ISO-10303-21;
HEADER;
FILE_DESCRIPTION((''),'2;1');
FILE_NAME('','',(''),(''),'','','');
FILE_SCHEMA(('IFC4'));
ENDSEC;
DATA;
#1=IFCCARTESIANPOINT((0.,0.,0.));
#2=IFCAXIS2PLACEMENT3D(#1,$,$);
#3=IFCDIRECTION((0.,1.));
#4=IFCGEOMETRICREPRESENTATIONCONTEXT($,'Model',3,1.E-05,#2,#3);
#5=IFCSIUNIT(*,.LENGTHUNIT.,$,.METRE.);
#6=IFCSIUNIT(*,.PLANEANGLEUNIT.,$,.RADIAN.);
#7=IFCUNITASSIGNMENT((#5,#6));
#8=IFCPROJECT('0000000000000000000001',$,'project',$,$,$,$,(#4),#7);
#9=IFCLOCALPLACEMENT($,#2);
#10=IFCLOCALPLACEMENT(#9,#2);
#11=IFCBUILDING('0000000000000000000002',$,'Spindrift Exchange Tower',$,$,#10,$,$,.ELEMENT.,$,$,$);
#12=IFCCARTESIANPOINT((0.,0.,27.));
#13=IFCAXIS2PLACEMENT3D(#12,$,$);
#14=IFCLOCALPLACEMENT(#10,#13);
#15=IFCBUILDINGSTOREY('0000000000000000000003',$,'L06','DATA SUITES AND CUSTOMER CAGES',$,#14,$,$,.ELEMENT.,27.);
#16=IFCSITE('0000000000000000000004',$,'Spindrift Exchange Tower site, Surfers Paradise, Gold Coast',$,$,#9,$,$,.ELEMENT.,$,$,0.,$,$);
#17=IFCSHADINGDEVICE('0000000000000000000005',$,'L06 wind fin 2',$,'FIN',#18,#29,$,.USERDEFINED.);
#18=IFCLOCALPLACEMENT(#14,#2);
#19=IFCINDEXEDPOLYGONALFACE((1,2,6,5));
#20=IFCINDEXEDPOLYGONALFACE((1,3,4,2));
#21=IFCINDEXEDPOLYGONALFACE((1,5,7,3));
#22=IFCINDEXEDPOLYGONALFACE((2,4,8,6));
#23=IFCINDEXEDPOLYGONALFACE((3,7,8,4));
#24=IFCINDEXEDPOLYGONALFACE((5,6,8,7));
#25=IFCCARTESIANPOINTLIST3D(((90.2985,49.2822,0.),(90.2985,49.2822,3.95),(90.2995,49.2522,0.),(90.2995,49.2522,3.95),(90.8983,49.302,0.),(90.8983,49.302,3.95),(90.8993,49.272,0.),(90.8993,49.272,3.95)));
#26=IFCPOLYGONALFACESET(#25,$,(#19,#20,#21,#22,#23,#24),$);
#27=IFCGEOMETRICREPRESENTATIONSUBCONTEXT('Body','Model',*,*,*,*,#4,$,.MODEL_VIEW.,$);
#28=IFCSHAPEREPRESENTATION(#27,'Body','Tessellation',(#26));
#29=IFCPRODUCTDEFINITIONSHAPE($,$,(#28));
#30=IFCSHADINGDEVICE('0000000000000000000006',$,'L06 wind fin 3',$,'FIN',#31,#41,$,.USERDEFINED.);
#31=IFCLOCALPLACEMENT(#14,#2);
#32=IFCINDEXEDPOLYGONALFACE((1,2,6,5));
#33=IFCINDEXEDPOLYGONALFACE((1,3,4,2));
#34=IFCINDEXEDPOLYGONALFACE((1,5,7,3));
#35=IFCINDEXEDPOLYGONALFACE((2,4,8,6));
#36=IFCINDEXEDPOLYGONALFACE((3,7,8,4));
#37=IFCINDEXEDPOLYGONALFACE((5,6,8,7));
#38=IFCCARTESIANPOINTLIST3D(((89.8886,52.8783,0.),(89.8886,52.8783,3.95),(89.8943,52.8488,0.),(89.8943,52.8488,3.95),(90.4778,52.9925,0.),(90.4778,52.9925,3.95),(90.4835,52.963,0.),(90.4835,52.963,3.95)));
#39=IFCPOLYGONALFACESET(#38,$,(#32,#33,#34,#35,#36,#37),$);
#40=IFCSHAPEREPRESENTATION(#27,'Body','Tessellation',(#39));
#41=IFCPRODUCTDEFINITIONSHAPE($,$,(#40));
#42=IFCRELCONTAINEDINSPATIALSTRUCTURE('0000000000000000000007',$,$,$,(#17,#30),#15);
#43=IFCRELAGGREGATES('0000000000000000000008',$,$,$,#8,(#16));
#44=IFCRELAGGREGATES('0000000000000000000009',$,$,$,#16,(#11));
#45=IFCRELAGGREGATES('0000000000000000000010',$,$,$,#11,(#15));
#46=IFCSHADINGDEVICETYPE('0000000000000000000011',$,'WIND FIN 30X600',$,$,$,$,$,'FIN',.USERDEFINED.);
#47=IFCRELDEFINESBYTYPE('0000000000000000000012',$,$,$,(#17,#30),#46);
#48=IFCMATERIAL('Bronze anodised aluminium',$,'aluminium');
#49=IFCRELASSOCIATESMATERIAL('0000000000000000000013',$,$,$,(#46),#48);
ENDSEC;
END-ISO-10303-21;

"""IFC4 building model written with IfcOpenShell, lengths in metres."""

from ifc_helpers import new_model, si_unit, direction, frame, origin, origin_2d, place, context, subcontext, project, spatial, rectangle, extrude, source, transform, mapped, material, material_profile, profile_set, type_object, element, save


model = new_model("IFC4")

# Units and contexts
model_context = context("Model", 3, precision=1e-05, world=origin(), true_north=direction((0.0, 1.0)))
body_context = subcontext(model_context, "Body", "Model", "MODEL_VIEW")
ifc_project = project(units=[si_unit("LENGTHUNIT", "METRE"), si_unit("PLANEANGLEUNIT", "RADIAN")], contexts=[model_context])

# Site, building, storey
site_placement = place(None, origin())
site = spatial("IfcSite", under=ifc_project, at=site_placement, Name="Spindrift Exchange Tower site, Surfers Paradise, Gold Coast", CompositionType="ELEMENT", RefElevation=0.0)
building_placement = place(site_placement, origin())
building = spatial("IfcBuilding", under=site, at=building_placement, Name="Spindrift Exchange Tower", CompositionType="ELEMENT")
storey_placement = place(building_placement, frame((0.0, 0.0, 27.0)))
storey = spatial("IfcBuildingStorey", under=building, at=storey_placement, Name="L06", Description="DATA SUITES AND CUSTOMER CAGES", CompositionType="ELEMENT", Elevation=27.0)

# Shared definitions
ifc_material_1 = material(Name="Bronze anodised aluminium", Category="aluminium")

# Shading devices
ifc_material_profile_1 = material_profile(ifc_material_1, rectangle(XDim=0.03, YDim=0.6001, at=origin_2d()), Name="WIND FIN 30X600")
ifc_profile_set_1 = profile_set([ifc_material_profile_1], Name="Bronze anodised aluminium")
shading_device_type = type_object("IfcShadingDeviceType", Name="WIND FIN 30X600", ElementType="FIN", PredefinedType="USERDEFINED", material=ifc_profile_set_1)
shared_shape_1 = source(origin(), body_context, "Body", "SweptSolid", [
    extrude(rectangle(XDim=0.03, YDim=0.6001, at=origin_2d()), origin(), (0.0, 0.0, 1.0), 3.95),
])
for number, where, z_axis, x_axis, name in (
    (1, (90.5989, 49.2771, 0.0), (0.0, 0.0, 1.0), (-0.033077, 0.999453, 0.0), "L06 wind fin 2"),
    (2, (90.186, 52.9207, 0.0), (0.0, 0.0, 1.0), (-0.190184, 0.981749, 0.0), "L06 wind fin 3"),
):
    element("IfcShadingDevice", number, at=place(storey_placement, frame(where, z_axis=z_axis, x_axis=x_axis)), inside=storey, type_object=shading_device_type, Name=name, ObjectType="FIN", PredefinedType="USERDEFINED", context=body_context, shape_type="MappedRepresentation", body=[
        mapped(shared_shape_1, transform((0.0, 0.0, 0.0), scale=1.0)),
    ])

save(model, "model.ifc")
